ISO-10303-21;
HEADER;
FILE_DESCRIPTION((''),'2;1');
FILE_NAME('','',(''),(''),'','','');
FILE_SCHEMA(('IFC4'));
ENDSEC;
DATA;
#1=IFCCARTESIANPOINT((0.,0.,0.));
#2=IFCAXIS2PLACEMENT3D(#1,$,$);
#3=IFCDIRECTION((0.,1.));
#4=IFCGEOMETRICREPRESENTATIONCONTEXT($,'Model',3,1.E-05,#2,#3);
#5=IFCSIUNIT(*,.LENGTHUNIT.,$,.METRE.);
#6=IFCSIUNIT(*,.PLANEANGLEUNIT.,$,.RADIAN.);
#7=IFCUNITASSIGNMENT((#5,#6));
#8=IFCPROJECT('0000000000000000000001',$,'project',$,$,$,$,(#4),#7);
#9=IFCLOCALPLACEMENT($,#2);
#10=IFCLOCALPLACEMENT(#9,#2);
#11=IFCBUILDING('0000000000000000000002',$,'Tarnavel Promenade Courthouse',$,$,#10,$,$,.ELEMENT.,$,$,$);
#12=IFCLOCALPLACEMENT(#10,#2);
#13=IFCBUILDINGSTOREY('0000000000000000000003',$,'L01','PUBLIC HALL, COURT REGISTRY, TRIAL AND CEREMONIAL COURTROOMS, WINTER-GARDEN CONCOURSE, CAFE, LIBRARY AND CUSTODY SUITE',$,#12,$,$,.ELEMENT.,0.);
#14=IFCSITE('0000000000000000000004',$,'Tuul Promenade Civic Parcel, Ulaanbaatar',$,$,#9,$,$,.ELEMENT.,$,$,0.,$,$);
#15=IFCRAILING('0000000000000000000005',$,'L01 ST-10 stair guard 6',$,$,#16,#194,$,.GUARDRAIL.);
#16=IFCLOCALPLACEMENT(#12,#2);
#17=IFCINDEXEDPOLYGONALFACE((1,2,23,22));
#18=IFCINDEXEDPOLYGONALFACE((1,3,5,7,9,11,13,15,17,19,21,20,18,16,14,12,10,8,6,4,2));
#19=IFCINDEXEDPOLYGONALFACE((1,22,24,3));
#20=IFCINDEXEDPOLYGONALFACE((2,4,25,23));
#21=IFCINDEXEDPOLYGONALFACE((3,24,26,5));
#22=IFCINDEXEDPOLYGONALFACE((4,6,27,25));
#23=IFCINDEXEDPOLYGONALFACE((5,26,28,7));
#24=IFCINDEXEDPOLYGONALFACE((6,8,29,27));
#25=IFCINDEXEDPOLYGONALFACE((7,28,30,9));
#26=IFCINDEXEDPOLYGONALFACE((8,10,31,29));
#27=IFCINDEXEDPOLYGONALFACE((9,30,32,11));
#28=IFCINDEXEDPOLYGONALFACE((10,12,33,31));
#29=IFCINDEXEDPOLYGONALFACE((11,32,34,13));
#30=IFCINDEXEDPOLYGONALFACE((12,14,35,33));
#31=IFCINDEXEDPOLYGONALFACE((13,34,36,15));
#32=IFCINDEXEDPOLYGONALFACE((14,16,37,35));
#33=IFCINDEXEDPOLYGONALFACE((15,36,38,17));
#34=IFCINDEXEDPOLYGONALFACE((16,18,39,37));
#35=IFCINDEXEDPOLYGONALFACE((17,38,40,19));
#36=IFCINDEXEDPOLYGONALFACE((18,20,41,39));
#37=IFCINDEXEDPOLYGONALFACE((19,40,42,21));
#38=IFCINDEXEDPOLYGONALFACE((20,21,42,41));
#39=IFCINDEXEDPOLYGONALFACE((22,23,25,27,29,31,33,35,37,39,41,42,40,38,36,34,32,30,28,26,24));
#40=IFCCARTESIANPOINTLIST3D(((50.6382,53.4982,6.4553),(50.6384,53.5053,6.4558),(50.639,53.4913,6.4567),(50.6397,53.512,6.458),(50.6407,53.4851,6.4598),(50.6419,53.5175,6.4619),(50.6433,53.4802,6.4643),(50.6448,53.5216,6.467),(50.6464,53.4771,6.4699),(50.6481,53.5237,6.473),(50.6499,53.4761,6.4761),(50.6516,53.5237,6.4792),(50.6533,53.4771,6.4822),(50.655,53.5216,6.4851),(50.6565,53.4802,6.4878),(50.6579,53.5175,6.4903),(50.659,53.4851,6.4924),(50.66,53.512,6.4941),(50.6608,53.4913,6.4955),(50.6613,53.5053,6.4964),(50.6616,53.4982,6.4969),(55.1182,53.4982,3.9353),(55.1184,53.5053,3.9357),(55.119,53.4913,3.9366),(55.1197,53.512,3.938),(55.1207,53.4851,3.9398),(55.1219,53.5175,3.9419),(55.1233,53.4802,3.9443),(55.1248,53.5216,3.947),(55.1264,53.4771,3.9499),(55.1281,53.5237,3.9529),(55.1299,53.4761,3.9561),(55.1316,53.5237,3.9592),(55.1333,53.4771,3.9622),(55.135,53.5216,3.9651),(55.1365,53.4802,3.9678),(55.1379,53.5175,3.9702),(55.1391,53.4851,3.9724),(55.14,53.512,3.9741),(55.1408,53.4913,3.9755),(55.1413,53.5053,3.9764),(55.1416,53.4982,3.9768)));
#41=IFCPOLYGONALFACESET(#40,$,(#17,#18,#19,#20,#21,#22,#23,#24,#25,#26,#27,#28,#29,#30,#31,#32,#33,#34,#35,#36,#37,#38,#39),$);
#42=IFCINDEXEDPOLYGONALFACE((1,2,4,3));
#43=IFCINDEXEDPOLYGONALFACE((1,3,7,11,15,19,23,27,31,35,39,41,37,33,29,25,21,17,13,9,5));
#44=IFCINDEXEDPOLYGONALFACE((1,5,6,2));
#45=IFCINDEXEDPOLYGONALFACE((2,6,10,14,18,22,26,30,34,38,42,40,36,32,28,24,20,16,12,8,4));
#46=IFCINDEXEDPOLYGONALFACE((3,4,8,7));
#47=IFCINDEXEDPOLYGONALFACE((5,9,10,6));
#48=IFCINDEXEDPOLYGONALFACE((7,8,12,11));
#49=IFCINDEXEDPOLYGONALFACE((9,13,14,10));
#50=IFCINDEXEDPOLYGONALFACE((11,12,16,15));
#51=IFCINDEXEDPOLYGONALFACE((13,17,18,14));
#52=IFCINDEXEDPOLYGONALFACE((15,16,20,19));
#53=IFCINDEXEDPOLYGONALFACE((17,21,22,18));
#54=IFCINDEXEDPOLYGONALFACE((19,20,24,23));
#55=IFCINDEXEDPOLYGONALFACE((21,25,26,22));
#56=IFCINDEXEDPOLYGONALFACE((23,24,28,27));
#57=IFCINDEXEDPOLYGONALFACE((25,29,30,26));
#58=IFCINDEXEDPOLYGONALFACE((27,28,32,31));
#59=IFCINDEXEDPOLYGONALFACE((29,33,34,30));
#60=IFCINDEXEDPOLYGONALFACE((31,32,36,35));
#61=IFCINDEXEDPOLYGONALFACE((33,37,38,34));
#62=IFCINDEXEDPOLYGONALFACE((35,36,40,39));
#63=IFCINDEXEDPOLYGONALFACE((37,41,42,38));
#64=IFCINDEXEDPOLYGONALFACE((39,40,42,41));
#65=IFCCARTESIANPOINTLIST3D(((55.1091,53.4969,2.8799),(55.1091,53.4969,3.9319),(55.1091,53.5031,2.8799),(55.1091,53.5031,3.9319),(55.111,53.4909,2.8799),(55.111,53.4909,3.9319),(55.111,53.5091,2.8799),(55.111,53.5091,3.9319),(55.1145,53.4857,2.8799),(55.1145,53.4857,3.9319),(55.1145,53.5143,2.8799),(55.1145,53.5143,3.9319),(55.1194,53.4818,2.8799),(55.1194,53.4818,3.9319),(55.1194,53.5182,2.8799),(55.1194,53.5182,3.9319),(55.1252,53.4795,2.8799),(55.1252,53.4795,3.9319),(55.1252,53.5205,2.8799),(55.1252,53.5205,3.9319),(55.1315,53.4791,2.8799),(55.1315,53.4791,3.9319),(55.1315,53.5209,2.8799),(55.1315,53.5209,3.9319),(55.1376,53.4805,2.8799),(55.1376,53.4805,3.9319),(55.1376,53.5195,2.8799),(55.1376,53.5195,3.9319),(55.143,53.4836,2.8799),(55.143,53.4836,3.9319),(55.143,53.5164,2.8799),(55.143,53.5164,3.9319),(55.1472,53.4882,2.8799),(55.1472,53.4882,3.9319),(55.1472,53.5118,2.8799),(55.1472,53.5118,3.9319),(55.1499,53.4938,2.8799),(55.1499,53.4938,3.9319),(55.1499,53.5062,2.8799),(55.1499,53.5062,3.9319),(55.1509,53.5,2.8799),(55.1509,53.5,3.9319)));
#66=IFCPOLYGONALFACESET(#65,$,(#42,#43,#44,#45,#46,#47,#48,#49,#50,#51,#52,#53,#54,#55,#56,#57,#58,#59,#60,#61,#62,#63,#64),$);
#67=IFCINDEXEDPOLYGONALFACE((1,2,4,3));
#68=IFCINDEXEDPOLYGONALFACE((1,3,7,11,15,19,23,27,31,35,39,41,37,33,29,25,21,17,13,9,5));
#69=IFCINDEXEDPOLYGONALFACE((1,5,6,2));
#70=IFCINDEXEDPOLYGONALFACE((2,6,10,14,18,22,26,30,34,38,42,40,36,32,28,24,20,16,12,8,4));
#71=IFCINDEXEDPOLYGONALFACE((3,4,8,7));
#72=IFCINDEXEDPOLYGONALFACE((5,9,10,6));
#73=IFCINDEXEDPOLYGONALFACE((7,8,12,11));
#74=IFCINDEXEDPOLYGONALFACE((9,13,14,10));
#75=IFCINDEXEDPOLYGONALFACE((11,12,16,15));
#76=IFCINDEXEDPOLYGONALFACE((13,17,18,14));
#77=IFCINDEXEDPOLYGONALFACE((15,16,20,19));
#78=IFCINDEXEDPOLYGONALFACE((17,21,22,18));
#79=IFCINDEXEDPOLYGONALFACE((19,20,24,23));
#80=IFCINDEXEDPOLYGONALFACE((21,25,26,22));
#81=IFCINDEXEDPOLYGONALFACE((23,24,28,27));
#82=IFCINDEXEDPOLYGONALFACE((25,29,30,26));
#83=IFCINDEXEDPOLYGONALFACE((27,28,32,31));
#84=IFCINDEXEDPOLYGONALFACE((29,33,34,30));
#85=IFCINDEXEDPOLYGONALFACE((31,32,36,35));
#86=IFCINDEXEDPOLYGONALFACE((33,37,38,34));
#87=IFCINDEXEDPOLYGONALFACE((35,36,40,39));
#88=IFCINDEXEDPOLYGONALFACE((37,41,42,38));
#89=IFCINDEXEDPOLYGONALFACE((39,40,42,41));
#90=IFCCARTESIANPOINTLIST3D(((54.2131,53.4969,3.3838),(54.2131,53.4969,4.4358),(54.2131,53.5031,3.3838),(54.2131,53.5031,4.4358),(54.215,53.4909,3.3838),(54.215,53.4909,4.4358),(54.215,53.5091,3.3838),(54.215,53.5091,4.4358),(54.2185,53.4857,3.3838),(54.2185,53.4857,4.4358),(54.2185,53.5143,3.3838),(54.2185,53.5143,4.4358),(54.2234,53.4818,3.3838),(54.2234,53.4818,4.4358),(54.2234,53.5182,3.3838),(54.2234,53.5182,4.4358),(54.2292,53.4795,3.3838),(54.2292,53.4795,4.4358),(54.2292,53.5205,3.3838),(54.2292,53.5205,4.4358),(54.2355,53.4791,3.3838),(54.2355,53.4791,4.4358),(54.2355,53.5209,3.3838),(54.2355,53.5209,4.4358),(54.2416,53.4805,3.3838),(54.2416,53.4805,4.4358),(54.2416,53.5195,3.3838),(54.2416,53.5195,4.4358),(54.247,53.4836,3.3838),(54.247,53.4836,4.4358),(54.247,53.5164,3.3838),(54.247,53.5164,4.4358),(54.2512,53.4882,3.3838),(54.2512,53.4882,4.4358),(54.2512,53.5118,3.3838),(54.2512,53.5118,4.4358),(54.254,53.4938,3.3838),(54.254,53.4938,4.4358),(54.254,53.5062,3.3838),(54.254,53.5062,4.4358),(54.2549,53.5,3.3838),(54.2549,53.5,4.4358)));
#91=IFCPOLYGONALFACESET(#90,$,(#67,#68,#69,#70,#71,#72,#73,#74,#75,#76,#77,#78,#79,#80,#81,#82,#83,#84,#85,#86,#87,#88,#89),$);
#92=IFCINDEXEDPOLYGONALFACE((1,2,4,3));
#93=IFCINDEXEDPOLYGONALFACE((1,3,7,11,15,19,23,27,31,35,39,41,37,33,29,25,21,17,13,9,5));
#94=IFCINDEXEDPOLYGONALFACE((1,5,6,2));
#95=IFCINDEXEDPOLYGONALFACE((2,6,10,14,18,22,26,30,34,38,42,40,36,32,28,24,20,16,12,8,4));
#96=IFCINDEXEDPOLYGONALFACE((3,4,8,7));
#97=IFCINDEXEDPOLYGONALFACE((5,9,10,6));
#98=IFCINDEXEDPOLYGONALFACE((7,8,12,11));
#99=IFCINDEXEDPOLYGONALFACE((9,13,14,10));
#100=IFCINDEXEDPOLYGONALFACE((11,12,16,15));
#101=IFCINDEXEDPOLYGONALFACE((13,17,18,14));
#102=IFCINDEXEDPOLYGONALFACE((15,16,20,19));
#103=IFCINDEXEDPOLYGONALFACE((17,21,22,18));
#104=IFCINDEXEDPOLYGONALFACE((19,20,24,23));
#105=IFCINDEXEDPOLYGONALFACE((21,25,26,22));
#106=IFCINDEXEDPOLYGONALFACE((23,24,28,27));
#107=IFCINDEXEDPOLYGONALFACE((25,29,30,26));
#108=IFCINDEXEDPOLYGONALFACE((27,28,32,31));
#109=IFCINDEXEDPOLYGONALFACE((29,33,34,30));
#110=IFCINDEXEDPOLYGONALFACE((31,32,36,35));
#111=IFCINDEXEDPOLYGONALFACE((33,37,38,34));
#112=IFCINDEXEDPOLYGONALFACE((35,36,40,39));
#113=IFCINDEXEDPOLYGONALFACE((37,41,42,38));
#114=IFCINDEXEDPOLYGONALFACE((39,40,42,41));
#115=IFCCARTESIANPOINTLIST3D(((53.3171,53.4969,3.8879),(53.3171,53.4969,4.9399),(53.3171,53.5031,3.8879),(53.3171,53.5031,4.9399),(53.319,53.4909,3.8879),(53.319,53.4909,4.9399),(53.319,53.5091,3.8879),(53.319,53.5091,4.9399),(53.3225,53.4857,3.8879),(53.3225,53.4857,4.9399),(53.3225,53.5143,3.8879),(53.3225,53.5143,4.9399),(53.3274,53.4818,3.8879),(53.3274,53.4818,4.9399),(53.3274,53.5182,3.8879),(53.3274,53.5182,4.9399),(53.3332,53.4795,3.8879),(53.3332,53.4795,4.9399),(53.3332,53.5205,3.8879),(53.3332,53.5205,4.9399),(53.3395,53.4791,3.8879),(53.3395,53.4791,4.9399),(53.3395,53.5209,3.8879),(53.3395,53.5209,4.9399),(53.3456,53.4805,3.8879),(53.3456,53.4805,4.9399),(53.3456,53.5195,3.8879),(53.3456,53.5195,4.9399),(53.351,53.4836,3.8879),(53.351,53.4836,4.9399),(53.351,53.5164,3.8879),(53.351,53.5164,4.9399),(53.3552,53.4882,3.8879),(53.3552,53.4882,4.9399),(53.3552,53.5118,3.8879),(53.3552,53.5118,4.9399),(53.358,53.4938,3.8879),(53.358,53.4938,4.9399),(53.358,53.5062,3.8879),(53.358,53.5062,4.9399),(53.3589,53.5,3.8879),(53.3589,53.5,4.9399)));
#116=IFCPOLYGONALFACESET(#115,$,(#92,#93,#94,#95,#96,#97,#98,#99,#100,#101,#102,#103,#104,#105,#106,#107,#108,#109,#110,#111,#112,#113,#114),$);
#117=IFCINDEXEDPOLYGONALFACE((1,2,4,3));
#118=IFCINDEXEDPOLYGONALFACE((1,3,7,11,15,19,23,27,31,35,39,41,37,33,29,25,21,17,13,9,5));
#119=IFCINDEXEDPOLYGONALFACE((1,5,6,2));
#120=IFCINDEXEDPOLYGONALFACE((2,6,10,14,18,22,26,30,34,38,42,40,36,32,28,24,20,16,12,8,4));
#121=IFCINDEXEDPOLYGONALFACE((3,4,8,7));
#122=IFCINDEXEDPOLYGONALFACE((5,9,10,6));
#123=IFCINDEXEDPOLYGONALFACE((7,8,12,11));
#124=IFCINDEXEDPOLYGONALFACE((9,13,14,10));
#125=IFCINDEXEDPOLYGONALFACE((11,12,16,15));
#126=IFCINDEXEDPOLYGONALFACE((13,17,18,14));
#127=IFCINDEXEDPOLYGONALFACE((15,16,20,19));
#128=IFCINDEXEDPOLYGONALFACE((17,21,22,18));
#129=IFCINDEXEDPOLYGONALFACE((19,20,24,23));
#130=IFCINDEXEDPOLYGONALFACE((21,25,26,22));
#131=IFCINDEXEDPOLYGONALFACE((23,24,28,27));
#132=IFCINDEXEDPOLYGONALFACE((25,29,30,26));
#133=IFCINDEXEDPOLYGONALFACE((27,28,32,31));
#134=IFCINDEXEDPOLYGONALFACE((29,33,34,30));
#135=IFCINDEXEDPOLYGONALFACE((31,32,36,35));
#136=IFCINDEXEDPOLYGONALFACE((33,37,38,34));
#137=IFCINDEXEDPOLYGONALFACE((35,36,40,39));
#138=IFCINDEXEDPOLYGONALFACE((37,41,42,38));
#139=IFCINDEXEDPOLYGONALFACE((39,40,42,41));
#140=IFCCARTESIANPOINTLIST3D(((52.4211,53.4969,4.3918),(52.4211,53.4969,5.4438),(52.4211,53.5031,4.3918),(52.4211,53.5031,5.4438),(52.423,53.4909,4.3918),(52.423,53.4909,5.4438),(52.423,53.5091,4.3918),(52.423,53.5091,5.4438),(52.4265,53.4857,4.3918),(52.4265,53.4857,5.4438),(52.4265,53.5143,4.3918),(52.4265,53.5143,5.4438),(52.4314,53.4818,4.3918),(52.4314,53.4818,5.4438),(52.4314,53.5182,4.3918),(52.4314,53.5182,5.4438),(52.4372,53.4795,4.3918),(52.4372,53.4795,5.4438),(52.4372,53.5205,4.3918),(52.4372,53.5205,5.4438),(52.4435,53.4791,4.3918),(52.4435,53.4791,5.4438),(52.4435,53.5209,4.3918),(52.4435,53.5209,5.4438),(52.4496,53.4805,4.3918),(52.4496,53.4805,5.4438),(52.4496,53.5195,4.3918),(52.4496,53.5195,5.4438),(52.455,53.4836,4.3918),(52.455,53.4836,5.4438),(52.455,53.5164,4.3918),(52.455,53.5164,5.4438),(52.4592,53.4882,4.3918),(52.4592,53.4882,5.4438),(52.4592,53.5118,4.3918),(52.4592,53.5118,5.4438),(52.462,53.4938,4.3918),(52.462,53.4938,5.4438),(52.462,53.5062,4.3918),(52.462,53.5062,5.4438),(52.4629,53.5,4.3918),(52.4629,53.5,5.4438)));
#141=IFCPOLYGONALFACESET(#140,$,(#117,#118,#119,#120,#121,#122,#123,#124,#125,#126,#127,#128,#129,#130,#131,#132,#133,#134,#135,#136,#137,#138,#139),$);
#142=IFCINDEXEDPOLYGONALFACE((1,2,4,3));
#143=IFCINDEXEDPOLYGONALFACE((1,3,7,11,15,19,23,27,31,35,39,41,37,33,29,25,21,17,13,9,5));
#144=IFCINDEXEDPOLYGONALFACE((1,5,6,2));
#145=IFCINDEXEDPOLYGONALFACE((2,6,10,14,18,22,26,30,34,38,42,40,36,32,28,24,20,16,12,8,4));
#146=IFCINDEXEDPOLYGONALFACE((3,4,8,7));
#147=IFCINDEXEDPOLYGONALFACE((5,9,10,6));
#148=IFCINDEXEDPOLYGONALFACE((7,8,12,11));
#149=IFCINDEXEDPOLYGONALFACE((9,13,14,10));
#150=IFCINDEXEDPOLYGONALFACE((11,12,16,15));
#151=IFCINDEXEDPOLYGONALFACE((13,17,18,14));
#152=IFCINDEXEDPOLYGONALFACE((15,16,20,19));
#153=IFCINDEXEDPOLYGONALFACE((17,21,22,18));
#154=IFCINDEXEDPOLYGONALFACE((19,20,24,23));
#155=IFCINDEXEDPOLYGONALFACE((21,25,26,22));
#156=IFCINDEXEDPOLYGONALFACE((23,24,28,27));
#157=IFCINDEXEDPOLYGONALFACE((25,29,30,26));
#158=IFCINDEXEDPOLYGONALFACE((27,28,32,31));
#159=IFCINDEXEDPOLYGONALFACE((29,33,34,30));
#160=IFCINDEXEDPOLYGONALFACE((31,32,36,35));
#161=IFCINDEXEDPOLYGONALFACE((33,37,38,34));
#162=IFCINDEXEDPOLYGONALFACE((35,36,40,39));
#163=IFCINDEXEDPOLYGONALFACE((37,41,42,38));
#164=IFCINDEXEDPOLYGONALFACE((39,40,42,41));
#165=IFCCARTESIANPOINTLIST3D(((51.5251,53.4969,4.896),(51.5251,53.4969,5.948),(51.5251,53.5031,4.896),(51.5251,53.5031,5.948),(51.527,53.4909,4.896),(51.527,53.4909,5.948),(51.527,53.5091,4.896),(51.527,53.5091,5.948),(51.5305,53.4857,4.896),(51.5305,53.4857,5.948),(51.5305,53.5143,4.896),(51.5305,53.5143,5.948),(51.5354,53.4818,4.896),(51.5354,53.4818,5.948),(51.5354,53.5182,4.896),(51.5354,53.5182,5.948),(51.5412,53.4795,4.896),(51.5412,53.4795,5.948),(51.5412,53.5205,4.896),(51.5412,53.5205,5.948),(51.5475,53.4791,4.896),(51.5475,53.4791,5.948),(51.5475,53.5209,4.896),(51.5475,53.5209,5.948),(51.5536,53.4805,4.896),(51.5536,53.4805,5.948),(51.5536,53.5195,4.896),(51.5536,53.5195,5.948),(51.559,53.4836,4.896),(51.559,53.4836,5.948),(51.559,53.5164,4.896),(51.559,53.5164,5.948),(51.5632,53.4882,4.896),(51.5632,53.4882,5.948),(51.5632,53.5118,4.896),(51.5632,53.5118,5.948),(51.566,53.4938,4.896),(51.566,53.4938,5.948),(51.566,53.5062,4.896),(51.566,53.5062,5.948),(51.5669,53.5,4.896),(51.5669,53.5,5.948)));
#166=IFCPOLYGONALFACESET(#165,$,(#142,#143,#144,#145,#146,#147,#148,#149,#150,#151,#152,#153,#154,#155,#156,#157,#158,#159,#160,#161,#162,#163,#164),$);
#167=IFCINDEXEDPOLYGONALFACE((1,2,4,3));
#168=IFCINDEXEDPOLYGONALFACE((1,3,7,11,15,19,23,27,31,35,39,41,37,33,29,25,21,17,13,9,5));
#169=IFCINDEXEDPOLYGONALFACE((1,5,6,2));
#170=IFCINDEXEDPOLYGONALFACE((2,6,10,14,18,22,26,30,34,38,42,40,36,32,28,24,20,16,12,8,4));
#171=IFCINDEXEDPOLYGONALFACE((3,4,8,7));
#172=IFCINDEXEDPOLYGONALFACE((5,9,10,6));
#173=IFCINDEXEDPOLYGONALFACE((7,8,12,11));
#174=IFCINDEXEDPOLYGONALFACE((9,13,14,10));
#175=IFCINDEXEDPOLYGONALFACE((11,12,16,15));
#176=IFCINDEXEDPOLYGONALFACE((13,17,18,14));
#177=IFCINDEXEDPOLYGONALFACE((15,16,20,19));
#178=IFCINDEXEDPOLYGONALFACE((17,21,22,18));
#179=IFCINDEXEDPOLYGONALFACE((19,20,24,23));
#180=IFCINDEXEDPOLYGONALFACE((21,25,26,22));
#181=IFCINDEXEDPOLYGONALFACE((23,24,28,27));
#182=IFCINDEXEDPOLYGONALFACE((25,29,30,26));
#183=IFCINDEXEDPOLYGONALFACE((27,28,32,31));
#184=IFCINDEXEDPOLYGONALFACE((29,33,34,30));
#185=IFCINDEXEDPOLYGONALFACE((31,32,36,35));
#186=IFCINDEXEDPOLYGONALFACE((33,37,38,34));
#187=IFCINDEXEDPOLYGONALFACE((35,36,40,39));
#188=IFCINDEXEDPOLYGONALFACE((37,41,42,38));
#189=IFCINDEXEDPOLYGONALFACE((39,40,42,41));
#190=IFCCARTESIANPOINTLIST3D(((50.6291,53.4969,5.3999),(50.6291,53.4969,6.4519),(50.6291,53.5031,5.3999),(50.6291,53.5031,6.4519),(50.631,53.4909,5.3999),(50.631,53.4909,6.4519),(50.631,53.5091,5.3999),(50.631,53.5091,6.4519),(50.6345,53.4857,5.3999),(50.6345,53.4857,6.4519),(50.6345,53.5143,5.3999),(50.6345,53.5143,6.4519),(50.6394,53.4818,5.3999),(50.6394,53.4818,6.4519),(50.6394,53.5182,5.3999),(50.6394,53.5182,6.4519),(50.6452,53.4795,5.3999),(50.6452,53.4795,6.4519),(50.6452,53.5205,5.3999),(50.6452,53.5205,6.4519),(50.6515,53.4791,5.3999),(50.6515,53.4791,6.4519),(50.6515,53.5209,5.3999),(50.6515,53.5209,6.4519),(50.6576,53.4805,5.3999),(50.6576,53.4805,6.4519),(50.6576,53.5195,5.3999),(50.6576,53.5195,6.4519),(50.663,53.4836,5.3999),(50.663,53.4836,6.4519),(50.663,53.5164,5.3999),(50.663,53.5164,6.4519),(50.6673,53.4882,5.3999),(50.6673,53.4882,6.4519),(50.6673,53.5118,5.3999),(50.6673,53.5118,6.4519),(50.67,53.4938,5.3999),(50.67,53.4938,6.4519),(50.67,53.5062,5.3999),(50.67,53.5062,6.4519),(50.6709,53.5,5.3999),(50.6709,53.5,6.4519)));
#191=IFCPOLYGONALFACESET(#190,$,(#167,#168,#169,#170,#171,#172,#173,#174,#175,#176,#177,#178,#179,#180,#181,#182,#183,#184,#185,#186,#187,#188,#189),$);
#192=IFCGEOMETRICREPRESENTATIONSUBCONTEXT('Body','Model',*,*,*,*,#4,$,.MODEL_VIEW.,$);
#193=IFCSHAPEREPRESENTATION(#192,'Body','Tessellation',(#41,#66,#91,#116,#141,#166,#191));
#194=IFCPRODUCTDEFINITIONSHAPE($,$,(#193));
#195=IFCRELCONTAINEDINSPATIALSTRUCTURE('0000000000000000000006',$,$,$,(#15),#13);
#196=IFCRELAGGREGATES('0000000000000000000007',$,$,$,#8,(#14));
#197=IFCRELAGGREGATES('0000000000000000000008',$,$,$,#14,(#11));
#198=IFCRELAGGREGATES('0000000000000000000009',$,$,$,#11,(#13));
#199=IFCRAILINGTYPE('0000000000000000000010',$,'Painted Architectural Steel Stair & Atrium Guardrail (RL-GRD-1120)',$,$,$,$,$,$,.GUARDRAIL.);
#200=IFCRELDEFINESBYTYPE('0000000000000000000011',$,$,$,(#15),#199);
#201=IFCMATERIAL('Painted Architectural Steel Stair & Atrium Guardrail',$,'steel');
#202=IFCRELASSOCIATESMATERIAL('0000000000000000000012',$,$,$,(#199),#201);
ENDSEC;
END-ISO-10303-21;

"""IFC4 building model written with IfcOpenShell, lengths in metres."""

from ifc_helpers import new_model, si_unit, direction, frame, origin, origin_2d, place, context, subcontext, project, spatial, circle, extrude, material, type_object, element, save


model = new_model("IFC4")

# Units and contexts
model_context = context("Model", 3, precision=1e-05, world=origin(), true_north=direction((0.0, 1.0)))
body_context = subcontext(model_context, "Body", "Model", "MODEL_VIEW")
ifc_project = project(units=[si_unit("LENGTHUNIT", "METRE"), si_unit("PLANEANGLEUNIT", "RADIAN")], contexts=[model_context])

# Site, building, storey
site_placement = place(None, origin())
site = spatial("IfcSite", under=ifc_project, at=site_placement, Name="Tuul Promenade Civic Parcel, Ulaanbaatar", CompositionType="ELEMENT", RefElevation=0.0)
building_placement = place(site_placement, origin())
building = spatial("IfcBuilding", under=site, at=building_placement, Name="Tarnavel Promenade Courthouse", CompositionType="ELEMENT")
storey_placement = place(building_placement, origin())
storey = spatial("IfcBuildingStorey", under=building, at=storey_placement, Name="L01", Description="PUBLIC HALL, COURT REGISTRY, TRIAL AND CEREMONIAL COURTROOMS, WINTER-GARDEN CONCOURSE, CAFE, LIBRARY AND CUSTODY SUITE", CompositionType="ELEMENT", Elevation=0.0)

# Railing
ifc_material_1 = material(Name="Painted Architectural Steel Stair & Atrium Guardrail", Category="steel")
railing_type_1 = type_object("IfcRailingType", Name="Painted Architectural Steel Stair & Atrium Guardrail (RL-GRD-1120)", PredefinedType="GUARDRAIL", material=ifc_material_1)
railing_1_placement = place(storey_placement, frame((55.1299, 53.5, 2.8799)))
element("IfcRailing", 1, at=railing_1_placement, inside=storey, type_object=railing_type_1, Name="L01 ST-10 stair guard 6", PredefinedType="GUARDRAIL", context=body_context, shape_type="SweptSolid", body=[
    extrude(circle(Radius=0.0239, at=origin_2d()), frame((0.0, 0.0, 1.0762), z_axis=(-0.871573, 0.0, 0.490266), x_axis=(0.0, -1.0, 0.0)), (0.0, 0.0, 1.0), 5.1401),
    extrude(circle(Radius=0.021, at=origin_2d()), origin(), (0.0, 0.0, 1.0), 1.052),
    extrude(circle(Radius=0.021, at=origin_2d()), frame((-0.896, 0.0, 0.5039)), (0.0, 0.0, 1.0), 1.052),
    extrude(circle(Radius=0.021, at=origin_2d()), frame((-1.792, 0.0, 1.0081)), (0.0, 0.0, 1.0), 1.052),
    extrude(circle(Radius=0.021, at=origin_2d()), frame((-2.688, 0.0, 1.512)), (0.0, 0.0, 1.0), 1.052),
    extrude(circle(Radius=0.021, at=origin_2d()), frame((-3.584, 0.0, 2.0161)), (0.0, 0.0, 1.0), 1.052),
    extrude(circle(Radius=0.021, at=origin_2d()), frame((-4.48, 0.0, 2.52)), (0.0, 0.0, 1.0), 1.052),
])

save(model, "model.ifc")
